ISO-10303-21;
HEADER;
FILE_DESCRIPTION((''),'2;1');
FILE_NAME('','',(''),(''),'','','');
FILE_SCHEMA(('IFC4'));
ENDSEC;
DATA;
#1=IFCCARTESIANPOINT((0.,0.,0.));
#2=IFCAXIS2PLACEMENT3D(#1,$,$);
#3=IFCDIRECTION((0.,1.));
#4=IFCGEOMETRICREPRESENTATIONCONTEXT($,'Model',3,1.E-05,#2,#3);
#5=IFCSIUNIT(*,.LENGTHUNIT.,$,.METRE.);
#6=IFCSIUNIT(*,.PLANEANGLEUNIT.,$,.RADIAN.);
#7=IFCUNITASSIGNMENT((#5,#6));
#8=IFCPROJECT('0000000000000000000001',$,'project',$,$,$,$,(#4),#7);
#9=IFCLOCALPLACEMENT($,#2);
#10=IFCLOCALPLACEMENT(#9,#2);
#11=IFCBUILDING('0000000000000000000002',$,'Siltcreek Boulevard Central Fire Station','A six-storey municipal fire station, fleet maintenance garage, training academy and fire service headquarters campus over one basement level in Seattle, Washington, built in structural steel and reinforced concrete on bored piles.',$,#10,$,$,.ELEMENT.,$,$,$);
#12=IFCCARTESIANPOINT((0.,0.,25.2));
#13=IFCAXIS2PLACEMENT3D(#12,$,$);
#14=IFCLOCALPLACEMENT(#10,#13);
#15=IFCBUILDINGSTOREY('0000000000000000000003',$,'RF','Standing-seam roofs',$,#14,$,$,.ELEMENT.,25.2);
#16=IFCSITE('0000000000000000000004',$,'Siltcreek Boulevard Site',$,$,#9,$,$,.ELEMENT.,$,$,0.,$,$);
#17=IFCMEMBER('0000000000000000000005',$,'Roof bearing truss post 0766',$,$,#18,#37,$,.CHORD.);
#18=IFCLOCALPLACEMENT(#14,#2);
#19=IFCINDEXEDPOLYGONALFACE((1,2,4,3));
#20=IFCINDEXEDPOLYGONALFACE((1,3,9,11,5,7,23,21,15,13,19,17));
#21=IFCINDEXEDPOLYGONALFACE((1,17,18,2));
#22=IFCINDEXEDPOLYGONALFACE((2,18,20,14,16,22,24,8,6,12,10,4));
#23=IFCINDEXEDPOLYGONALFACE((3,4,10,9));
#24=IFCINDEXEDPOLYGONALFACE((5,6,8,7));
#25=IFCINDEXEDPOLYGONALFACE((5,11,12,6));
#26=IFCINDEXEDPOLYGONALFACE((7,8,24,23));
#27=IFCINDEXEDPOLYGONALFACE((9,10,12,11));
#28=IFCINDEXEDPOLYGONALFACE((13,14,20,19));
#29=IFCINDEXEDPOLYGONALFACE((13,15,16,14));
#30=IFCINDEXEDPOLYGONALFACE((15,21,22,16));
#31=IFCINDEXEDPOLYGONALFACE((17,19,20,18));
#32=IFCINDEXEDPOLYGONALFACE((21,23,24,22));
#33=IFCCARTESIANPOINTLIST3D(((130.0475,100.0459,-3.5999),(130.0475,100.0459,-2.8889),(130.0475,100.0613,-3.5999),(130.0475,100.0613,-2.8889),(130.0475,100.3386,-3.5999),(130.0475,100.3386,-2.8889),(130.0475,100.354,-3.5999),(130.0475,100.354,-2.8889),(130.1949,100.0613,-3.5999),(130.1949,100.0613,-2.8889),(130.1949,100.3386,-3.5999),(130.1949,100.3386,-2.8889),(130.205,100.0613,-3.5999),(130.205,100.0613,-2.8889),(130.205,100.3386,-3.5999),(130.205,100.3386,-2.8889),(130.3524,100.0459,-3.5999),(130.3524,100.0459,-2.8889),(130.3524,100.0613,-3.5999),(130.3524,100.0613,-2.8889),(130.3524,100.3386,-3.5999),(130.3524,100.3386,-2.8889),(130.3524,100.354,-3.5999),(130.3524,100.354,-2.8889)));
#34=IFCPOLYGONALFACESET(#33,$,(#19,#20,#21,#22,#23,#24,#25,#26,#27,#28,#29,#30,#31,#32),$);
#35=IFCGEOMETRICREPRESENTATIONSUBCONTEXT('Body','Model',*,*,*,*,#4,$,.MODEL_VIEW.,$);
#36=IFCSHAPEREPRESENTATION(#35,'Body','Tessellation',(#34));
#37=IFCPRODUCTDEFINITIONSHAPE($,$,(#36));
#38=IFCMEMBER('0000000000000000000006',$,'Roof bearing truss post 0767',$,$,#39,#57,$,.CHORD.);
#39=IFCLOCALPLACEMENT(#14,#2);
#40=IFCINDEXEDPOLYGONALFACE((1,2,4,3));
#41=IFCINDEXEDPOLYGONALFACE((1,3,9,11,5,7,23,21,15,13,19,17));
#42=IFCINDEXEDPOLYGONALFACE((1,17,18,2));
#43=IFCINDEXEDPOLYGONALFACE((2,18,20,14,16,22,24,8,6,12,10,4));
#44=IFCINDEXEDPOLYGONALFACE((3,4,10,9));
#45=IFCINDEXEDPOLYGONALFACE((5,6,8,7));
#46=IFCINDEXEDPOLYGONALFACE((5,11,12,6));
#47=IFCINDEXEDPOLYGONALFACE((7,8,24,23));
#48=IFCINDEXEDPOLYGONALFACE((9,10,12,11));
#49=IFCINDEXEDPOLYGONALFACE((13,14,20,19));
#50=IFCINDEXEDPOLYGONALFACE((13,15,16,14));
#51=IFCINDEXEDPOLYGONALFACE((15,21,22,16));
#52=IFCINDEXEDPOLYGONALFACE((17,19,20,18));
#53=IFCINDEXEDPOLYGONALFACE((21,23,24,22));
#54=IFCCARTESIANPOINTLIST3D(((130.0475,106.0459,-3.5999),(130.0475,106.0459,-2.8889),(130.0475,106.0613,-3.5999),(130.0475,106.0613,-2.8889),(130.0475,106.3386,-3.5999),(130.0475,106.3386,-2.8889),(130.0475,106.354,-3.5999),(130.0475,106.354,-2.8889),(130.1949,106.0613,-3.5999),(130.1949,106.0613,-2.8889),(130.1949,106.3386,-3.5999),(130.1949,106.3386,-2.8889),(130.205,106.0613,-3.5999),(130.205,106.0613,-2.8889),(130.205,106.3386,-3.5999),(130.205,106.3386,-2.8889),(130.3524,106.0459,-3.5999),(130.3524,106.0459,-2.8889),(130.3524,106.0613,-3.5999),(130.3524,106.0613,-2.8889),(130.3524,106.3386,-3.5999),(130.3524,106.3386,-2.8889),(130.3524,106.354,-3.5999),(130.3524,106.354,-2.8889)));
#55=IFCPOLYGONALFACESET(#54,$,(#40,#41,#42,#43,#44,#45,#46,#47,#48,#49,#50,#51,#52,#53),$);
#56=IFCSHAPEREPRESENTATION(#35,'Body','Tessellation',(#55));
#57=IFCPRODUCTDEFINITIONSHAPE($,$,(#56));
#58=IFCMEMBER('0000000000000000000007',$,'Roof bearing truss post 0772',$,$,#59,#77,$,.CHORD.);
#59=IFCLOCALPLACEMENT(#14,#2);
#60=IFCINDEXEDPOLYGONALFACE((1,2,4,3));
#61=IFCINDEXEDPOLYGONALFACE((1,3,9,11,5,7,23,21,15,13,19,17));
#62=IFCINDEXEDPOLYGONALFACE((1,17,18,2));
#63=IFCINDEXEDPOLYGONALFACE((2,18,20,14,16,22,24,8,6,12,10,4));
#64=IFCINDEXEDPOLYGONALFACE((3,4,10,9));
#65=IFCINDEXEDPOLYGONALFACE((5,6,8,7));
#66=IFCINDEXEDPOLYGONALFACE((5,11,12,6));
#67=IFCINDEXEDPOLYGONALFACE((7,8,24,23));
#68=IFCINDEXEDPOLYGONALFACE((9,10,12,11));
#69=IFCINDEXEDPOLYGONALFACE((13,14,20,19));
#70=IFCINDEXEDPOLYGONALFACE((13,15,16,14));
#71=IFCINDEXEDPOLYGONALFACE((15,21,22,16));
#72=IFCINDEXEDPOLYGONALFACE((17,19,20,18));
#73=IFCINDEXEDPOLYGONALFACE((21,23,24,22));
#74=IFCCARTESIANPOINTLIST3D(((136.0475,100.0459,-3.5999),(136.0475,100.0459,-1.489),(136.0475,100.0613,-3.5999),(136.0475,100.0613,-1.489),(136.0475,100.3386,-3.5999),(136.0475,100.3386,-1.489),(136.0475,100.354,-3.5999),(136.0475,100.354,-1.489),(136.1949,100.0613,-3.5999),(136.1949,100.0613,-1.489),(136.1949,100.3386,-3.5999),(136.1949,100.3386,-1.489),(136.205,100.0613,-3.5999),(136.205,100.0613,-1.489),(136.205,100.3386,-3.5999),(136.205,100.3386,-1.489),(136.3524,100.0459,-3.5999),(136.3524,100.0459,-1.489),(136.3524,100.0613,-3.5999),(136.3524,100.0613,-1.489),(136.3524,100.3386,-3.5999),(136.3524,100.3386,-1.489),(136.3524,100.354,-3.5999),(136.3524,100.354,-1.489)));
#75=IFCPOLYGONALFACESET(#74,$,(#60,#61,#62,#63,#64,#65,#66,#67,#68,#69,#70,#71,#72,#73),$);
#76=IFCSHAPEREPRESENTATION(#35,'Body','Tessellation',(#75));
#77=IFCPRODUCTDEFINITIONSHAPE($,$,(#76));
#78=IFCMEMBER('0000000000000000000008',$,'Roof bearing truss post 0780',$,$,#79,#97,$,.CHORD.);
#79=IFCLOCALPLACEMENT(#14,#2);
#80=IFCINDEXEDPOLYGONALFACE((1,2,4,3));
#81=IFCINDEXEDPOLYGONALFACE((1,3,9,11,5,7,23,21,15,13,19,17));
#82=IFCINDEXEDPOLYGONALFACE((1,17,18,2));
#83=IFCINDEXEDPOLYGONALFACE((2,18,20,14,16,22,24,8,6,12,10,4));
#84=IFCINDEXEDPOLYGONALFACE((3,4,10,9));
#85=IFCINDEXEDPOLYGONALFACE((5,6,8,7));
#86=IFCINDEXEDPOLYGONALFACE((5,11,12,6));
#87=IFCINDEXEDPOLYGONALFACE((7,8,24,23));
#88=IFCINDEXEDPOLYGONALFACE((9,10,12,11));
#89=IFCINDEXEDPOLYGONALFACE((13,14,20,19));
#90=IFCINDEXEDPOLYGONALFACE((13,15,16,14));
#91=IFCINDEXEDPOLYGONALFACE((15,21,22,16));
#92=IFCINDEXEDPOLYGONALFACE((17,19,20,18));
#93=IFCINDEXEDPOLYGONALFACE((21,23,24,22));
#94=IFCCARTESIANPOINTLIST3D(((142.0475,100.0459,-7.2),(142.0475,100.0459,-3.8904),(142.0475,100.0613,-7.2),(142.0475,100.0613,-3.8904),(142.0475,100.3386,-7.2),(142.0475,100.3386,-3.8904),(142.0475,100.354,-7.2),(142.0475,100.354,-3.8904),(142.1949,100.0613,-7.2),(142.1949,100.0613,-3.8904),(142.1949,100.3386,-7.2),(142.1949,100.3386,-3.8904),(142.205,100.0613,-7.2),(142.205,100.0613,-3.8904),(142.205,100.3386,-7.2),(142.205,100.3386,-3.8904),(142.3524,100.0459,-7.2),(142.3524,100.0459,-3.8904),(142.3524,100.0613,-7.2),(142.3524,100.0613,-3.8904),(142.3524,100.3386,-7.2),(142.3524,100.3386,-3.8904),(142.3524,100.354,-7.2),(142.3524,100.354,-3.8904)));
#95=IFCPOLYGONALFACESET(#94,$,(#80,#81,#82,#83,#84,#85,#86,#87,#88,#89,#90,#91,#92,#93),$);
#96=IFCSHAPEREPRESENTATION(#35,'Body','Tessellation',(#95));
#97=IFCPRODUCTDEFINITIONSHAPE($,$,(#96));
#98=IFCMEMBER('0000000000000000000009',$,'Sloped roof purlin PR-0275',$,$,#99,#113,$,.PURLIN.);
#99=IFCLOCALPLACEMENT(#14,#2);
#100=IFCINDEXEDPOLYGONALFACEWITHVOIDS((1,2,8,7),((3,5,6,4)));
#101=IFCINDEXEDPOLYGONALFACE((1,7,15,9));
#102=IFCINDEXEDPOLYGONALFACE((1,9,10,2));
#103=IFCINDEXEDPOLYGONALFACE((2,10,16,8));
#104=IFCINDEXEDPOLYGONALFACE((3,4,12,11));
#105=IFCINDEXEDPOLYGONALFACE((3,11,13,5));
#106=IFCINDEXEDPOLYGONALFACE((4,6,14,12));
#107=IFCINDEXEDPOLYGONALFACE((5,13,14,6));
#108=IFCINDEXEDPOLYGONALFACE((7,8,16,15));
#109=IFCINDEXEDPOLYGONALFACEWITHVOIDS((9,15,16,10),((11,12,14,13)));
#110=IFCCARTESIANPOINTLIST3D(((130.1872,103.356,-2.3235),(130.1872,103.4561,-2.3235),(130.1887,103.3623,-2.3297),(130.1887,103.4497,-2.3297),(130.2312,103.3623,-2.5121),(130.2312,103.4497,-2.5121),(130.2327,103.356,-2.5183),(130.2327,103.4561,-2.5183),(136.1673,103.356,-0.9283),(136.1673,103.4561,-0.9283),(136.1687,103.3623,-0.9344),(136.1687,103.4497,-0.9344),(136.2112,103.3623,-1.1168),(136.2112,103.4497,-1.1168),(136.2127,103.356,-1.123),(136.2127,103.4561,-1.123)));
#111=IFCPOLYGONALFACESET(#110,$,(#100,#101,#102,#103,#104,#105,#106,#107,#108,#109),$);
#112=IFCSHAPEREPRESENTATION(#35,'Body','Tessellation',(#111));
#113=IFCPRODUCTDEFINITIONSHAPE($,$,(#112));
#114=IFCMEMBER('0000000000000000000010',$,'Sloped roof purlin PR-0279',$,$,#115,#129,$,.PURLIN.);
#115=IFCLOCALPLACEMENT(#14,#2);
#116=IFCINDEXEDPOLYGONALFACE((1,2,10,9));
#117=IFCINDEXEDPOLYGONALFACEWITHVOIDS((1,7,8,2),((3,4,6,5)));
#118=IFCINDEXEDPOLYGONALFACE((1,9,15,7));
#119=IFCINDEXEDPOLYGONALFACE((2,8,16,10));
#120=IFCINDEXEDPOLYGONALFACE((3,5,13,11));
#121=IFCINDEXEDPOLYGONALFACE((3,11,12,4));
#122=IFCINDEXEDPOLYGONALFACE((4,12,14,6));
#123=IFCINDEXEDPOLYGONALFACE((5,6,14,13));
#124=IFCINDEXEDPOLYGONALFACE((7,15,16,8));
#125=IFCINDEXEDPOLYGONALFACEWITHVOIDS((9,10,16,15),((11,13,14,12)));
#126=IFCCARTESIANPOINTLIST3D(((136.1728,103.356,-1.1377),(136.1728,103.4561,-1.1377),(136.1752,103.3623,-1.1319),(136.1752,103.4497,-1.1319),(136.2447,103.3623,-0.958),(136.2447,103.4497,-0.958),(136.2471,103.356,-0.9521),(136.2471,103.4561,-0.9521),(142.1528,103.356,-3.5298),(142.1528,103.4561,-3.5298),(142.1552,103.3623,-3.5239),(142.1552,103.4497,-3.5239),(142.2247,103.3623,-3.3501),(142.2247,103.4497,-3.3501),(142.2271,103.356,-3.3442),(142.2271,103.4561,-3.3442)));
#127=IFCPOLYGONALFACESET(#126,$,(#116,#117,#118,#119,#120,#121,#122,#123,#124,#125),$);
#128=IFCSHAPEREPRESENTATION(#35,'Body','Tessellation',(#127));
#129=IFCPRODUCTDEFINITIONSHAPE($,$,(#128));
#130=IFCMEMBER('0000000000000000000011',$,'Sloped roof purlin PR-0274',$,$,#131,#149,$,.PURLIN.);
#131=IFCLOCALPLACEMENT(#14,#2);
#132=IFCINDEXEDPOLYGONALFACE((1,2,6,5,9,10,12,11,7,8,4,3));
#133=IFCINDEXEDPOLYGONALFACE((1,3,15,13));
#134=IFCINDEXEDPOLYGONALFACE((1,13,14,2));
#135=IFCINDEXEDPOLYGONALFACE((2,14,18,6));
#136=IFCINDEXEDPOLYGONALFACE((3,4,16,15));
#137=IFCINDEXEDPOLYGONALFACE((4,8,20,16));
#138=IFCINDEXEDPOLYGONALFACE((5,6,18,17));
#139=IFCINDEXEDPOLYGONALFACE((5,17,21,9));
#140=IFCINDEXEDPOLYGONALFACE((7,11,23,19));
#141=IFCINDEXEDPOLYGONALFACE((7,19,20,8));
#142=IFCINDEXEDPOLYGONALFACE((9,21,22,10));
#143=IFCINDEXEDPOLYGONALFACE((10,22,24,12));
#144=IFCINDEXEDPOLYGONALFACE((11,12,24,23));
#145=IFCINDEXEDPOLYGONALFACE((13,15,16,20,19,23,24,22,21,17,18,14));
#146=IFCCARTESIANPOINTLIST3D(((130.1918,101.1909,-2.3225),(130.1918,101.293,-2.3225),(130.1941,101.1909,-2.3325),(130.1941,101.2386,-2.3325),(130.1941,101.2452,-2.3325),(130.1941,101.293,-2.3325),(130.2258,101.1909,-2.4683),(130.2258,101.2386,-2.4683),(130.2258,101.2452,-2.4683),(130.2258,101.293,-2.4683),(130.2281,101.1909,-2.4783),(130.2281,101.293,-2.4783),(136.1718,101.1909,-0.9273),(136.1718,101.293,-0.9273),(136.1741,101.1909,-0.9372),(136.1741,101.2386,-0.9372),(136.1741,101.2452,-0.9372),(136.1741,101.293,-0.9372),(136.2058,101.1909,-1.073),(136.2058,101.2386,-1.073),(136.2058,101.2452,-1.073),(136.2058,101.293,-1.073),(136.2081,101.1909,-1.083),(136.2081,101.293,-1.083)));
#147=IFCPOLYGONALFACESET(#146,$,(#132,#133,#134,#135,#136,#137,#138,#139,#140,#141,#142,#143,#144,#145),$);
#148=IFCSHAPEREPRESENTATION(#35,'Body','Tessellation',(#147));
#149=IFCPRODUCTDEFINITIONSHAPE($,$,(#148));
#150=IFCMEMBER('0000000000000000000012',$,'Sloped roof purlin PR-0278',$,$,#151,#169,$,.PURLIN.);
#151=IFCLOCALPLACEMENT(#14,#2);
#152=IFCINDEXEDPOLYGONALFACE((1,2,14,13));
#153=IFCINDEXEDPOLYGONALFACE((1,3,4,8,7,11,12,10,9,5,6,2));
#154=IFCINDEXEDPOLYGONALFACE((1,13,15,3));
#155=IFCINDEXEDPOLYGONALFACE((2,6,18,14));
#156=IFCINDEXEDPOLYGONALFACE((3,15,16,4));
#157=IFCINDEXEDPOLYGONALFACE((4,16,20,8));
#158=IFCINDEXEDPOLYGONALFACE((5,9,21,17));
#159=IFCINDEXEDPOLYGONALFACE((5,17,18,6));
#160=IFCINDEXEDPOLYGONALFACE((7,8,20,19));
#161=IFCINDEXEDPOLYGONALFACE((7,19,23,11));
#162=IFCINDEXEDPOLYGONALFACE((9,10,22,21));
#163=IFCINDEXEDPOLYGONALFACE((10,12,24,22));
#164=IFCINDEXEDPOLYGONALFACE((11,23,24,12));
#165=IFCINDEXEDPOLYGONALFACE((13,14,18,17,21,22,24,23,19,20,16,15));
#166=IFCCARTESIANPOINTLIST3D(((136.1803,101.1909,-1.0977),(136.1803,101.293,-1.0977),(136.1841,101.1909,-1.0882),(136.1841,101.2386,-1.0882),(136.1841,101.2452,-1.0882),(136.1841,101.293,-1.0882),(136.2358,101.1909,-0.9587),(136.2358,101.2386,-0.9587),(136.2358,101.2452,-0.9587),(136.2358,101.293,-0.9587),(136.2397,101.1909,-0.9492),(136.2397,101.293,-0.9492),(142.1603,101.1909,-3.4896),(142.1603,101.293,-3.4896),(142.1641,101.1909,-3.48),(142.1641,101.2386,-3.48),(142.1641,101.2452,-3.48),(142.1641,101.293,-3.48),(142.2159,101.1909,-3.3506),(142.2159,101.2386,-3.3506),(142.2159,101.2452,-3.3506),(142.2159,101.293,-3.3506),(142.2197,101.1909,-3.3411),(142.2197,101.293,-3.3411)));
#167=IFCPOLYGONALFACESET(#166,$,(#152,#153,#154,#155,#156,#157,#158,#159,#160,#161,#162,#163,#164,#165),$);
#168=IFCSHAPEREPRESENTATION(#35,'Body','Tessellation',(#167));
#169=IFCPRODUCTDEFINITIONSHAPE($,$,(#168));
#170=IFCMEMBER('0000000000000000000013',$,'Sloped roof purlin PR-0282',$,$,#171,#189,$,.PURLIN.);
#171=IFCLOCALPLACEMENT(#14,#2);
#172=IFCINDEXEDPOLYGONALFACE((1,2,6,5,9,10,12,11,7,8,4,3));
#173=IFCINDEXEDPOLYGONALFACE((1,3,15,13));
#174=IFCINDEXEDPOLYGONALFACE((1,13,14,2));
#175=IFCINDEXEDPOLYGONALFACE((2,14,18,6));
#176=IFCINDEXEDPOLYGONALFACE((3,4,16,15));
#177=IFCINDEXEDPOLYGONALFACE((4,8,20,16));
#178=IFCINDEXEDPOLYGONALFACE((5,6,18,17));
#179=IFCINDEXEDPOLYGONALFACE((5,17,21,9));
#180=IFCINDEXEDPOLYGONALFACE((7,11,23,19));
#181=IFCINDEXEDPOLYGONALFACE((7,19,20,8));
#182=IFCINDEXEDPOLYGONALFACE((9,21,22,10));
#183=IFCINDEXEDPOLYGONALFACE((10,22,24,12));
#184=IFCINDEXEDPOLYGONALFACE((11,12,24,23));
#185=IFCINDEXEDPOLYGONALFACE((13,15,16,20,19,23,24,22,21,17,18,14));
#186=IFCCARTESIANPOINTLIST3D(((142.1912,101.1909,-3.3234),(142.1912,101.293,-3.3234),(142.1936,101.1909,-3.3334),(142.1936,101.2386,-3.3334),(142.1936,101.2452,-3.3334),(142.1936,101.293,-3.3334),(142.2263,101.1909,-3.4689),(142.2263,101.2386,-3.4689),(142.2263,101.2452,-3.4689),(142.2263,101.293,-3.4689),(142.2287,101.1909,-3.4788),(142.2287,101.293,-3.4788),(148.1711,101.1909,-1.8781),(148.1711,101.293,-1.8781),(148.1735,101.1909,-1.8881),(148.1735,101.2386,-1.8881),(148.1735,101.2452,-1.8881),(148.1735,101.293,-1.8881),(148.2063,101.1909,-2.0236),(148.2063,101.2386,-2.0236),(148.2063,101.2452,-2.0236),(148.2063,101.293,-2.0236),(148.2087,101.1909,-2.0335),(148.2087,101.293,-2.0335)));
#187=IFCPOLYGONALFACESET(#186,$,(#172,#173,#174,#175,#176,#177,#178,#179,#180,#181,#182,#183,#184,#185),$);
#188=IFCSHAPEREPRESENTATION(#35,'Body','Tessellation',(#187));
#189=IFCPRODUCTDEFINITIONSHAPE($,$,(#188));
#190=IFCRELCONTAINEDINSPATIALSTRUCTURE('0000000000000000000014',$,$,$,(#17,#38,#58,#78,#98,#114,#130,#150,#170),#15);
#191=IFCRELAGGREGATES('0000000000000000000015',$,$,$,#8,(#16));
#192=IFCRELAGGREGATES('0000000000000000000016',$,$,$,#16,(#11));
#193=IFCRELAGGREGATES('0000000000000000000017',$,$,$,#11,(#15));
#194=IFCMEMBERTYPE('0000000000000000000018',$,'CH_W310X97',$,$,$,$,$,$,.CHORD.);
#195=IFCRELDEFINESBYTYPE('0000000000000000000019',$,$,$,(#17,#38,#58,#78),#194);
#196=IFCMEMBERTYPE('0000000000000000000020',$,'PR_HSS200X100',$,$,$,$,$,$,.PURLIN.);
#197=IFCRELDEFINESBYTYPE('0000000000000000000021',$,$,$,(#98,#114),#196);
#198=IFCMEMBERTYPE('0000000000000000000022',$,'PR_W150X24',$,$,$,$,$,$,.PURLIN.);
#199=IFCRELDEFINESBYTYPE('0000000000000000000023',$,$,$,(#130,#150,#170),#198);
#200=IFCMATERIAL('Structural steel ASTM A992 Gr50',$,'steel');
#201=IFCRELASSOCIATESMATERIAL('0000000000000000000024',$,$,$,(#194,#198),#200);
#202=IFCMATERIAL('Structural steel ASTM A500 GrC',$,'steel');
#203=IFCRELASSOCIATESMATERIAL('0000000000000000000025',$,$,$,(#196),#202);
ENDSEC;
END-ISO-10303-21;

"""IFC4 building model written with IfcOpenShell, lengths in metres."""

from ifc_helpers import new_model, si_unit, direction, frame, origin, origin_2d, place, context, subcontext, project, spatial, hollow_rectangle, i_section, extrude, material, material_profile, profile_set, type_object, element, save


model = new_model("IFC4")

# Units and contexts
model_context = context("Model", 3, precision=1e-05, world=origin(), true_north=direction((0.0, 1.0)))
body_context = subcontext(model_context, "Body", "Model", "MODEL_VIEW")
ifc_project = project(units=[si_unit("LENGTHUNIT", "METRE"), si_unit("PLANEANGLEUNIT", "RADIAN")], contexts=[model_context])

# Site, building, storey
site_placement = place(None, origin())
site = spatial("IfcSite", under=ifc_project, at=site_placement, Name="Siltcreek Boulevard Site", CompositionType="ELEMENT", RefElevation=0.0)
building_placement = place(site_placement, origin())
building = spatial("IfcBuilding", under=site, at=building_placement, Name="Siltcreek Boulevard Central Fire Station", Description="A six-storey municipal fire station, fleet maintenance garage, training academy and fire service headquarters campus over one basement level in Seattle, Washington, built in structural steel and reinforced concrete on bored piles.", CompositionType="ELEMENT")
storey_placement = place(building_placement, frame((0.0, 0.0, 25.2)))
storey = spatial("IfcBuildingStorey", under=building, at=storey_placement, Name="RF", Description="Standing-seam roofs", CompositionType="ELEMENT", Elevation=25.2)

# Members
ifc_material_1 = material(Name="Structural steel ASTM A992 Gr50", Category="steel")
ifc_material_profile_1 = material_profile(ifc_material_1, i_section(OverallWidth=0.3049, OverallDepth=0.3081, WebThickness=0.01, FlangeThickness=0.0154, at=origin_2d()), Name="W310X97")
ifc_profile_set_1 = profile_set([ifc_material_profile_1], Name="Structural steel ASTM A992 Gr50")
member_type_1 = type_object("IfcMemberType", Name="CH_W310X97", PredefinedType="CHORD", material=ifc_profile_set_1)
for number, where, z_axis, x_axis, name in (
    (1, (130.2, 100.2, -3.5999), (0.0, 0.0, 1.0), (1.0, 0.0, 0.0), "Roof bearing truss post 0766"),
    (2, (130.2, 106.2, -3.5999), (0.0, 0.0, 1.0), (1.0, 0.0, 0.0), "Roof bearing truss post 0767"),
):
    element("IfcMember", number, at=place(storey_placement, frame(where, z_axis=z_axis, x_axis=x_axis)), inside=storey, type_object=member_type_1, Name=name, PredefinedType="CHORD", context=body_context, shape_type="SweptSolid", body=[
        extrude(i_section(OverallWidth=0.3049, OverallDepth=0.3081, WebThickness=0.01, FlangeThickness=0.0154, at=origin_2d()), origin(), (0.0, 0.0, 1.0), 0.7109),
    ])
member_1_placement = place(storey_placement, frame((136.2, 100.2, -3.5999), z_axis=(0.0, 0.0, 1.0), x_axis=(1.0, 0.0, 0.0)))
element("IfcMember", 3, at=member_1_placement, inside=storey, type_object=member_type_1, Name="Roof bearing truss post 0772", PredefinedType="CHORD", context=body_context, shape_type="SweptSolid", body=[
    extrude(i_section(OverallWidth=0.3049, OverallDepth=0.3081, WebThickness=0.01, FlangeThickness=0.0154, at=origin_2d()), origin(), (0.0, 0.0, 1.0), 2.1108),
])
member_2_placement = place(storey_placement, frame((142.2, 100.2, -7.2), z_axis=(0.0, 0.0, 1.0), x_axis=(1.0, 0.0, 0.0)))
element("IfcMember", 4, at=member_2_placement, inside=storey, type_object=member_type_1, Name="Roof bearing truss post 0780", PredefinedType="CHORD", context=body_context, shape_type="SweptSolid", body=[
    extrude(i_section(OverallWidth=0.3049, OverallDepth=0.3081, WebThickness=0.01, FlangeThickness=0.0154, at=origin_2d()), origin(), (0.0, 0.0, 1.0), 3.3096),
])
ifc_material_2 = material(Name="Structural steel ASTM A500 GrC", Category="steel")
ifc_material_profile_2 = material_profile(ifc_material_2, hollow_rectangle(XDim=0.1001, YDim=0.2, WallThickness=0.0063, at=origin_2d()), Name="HSS200X100X6.4")
ifc_profile_set_2 = profile_set([ifc_material_profile_2], Name="Structural steel ASTM A500 GrC")
member_type_2 = type_object("IfcMemberType", Name="PR_HSS200X100", PredefinedType="PURLIN", material=ifc_profile_set_2)
member_3_placement = place(storey_placement, frame((130.21, 103.406, -2.4209), z_axis=(0.973844, 0.0, 0.22722), x_axis=(0.0, 1.0, 0.0)))
element("IfcMember", 5, at=member_3_placement, inside=storey, type_object=member_type_2, Name="Sloped roof purlin PR-0275", PredefinedType="PURLIN", context=body_context, shape_type="SweptSolid", body=[
    extrude(hollow_rectangle(XDim=0.1001, YDim=0.2, WallThickness=0.0063, at=origin_2d()), origin(), (0.0, 0.0, 1.0), 6.1406),
])
member_4_placement = place(storey_placement, frame((136.21, 103.406, -1.0449), z_axis=(0.928471, 0.0, -0.371404), x_axis=(0.0, 1.0, 0.0)))
element("IfcMember", 6, at=member_4_placement, inside=storey, type_object=member_type_2, Name="Sloped roof purlin PR-0279", PredefinedType="PURLIN", context=body_context, shape_type="SweptSolid", body=[
    extrude(hollow_rectangle(XDim=0.1001, YDim=0.2, WallThickness=0.0063, at=origin_2d()), origin(), (0.0, 0.0, 1.0), 6.4407),
])
ifc_material_profile_3 = material_profile(ifc_material_1, i_section(OverallWidth=0.1021, OverallDepth=0.1599, WebThickness=0.0066, FlangeThickness=0.0103, at=origin_2d()), Name="W150X24")
ifc_profile_set_3 = profile_set([ifc_material_profile_3], Name="Structural steel ASTM A992 Gr50")
member_type_3 = type_object("IfcMemberType", Name="PR_W150X24", PredefinedType="PURLIN", material=ifc_profile_set_3)
member_5_placement = place(storey_placement, frame((130.21, 101.2419, -2.4004), z_axis=(0.973844, 0.0, 0.22722), x_axis=(0.0, 1.0, 0.0)))
element("IfcMember", 7, at=member_5_placement, inside=storey, type_object=member_type_3, Name="Sloped roof purlin PR-0274", PredefinedType="PURLIN", context=body_context, shape_type="SweptSolid", body=[
    extrude(i_section(OverallWidth=0.1021, OverallDepth=0.1599, WebThickness=0.0066, FlangeThickness=0.0103, at=origin_2d()), origin(), (0.0, 0.0, 1.0), 6.1406),
])
member_6_placement = place(storey_placement, frame((136.21, 101.2419, -1.0234), z_axis=(0.928485, 0.0, -0.371371), x_axis=(0.0, 1.0, 0.0)))
element("IfcMember", 8, at=member_6_placement, inside=storey, type_object=member_type_3, Name="Sloped roof purlin PR-0278", PredefinedType="PURLIN", context=body_context, shape_type="SweptSolid", body=[
    extrude(i_section(OverallWidth=0.1021, OverallDepth=0.1599, WebThickness=0.0066, FlangeThickness=0.0103, at=origin_2d()), origin(), (0.0, 0.0, 1.0), 6.4407),
])
member_7_placement = place(storey_placement, frame((142.21, 101.2419, -3.4011), z_axis=(0.972013, 0.0, 0.234928), x_axis=(0.0, 1.0, 0.0)))
element("IfcMember", 9, at=member_7_placement, inside=storey, type_object=member_type_3, Name="Sloped roof purlin PR-0282", PredefinedType="PURLIN", context=body_context, shape_type="SweptSolid", body=[
    extrude(i_section(OverallWidth=0.1021, OverallDepth=0.1599, WebThickness=0.0066, FlangeThickness=0.0103, at=origin_2d()), origin(), (0.0, 0.0, 1.0), 6.1521),
])

save(model, "model.ifc")
